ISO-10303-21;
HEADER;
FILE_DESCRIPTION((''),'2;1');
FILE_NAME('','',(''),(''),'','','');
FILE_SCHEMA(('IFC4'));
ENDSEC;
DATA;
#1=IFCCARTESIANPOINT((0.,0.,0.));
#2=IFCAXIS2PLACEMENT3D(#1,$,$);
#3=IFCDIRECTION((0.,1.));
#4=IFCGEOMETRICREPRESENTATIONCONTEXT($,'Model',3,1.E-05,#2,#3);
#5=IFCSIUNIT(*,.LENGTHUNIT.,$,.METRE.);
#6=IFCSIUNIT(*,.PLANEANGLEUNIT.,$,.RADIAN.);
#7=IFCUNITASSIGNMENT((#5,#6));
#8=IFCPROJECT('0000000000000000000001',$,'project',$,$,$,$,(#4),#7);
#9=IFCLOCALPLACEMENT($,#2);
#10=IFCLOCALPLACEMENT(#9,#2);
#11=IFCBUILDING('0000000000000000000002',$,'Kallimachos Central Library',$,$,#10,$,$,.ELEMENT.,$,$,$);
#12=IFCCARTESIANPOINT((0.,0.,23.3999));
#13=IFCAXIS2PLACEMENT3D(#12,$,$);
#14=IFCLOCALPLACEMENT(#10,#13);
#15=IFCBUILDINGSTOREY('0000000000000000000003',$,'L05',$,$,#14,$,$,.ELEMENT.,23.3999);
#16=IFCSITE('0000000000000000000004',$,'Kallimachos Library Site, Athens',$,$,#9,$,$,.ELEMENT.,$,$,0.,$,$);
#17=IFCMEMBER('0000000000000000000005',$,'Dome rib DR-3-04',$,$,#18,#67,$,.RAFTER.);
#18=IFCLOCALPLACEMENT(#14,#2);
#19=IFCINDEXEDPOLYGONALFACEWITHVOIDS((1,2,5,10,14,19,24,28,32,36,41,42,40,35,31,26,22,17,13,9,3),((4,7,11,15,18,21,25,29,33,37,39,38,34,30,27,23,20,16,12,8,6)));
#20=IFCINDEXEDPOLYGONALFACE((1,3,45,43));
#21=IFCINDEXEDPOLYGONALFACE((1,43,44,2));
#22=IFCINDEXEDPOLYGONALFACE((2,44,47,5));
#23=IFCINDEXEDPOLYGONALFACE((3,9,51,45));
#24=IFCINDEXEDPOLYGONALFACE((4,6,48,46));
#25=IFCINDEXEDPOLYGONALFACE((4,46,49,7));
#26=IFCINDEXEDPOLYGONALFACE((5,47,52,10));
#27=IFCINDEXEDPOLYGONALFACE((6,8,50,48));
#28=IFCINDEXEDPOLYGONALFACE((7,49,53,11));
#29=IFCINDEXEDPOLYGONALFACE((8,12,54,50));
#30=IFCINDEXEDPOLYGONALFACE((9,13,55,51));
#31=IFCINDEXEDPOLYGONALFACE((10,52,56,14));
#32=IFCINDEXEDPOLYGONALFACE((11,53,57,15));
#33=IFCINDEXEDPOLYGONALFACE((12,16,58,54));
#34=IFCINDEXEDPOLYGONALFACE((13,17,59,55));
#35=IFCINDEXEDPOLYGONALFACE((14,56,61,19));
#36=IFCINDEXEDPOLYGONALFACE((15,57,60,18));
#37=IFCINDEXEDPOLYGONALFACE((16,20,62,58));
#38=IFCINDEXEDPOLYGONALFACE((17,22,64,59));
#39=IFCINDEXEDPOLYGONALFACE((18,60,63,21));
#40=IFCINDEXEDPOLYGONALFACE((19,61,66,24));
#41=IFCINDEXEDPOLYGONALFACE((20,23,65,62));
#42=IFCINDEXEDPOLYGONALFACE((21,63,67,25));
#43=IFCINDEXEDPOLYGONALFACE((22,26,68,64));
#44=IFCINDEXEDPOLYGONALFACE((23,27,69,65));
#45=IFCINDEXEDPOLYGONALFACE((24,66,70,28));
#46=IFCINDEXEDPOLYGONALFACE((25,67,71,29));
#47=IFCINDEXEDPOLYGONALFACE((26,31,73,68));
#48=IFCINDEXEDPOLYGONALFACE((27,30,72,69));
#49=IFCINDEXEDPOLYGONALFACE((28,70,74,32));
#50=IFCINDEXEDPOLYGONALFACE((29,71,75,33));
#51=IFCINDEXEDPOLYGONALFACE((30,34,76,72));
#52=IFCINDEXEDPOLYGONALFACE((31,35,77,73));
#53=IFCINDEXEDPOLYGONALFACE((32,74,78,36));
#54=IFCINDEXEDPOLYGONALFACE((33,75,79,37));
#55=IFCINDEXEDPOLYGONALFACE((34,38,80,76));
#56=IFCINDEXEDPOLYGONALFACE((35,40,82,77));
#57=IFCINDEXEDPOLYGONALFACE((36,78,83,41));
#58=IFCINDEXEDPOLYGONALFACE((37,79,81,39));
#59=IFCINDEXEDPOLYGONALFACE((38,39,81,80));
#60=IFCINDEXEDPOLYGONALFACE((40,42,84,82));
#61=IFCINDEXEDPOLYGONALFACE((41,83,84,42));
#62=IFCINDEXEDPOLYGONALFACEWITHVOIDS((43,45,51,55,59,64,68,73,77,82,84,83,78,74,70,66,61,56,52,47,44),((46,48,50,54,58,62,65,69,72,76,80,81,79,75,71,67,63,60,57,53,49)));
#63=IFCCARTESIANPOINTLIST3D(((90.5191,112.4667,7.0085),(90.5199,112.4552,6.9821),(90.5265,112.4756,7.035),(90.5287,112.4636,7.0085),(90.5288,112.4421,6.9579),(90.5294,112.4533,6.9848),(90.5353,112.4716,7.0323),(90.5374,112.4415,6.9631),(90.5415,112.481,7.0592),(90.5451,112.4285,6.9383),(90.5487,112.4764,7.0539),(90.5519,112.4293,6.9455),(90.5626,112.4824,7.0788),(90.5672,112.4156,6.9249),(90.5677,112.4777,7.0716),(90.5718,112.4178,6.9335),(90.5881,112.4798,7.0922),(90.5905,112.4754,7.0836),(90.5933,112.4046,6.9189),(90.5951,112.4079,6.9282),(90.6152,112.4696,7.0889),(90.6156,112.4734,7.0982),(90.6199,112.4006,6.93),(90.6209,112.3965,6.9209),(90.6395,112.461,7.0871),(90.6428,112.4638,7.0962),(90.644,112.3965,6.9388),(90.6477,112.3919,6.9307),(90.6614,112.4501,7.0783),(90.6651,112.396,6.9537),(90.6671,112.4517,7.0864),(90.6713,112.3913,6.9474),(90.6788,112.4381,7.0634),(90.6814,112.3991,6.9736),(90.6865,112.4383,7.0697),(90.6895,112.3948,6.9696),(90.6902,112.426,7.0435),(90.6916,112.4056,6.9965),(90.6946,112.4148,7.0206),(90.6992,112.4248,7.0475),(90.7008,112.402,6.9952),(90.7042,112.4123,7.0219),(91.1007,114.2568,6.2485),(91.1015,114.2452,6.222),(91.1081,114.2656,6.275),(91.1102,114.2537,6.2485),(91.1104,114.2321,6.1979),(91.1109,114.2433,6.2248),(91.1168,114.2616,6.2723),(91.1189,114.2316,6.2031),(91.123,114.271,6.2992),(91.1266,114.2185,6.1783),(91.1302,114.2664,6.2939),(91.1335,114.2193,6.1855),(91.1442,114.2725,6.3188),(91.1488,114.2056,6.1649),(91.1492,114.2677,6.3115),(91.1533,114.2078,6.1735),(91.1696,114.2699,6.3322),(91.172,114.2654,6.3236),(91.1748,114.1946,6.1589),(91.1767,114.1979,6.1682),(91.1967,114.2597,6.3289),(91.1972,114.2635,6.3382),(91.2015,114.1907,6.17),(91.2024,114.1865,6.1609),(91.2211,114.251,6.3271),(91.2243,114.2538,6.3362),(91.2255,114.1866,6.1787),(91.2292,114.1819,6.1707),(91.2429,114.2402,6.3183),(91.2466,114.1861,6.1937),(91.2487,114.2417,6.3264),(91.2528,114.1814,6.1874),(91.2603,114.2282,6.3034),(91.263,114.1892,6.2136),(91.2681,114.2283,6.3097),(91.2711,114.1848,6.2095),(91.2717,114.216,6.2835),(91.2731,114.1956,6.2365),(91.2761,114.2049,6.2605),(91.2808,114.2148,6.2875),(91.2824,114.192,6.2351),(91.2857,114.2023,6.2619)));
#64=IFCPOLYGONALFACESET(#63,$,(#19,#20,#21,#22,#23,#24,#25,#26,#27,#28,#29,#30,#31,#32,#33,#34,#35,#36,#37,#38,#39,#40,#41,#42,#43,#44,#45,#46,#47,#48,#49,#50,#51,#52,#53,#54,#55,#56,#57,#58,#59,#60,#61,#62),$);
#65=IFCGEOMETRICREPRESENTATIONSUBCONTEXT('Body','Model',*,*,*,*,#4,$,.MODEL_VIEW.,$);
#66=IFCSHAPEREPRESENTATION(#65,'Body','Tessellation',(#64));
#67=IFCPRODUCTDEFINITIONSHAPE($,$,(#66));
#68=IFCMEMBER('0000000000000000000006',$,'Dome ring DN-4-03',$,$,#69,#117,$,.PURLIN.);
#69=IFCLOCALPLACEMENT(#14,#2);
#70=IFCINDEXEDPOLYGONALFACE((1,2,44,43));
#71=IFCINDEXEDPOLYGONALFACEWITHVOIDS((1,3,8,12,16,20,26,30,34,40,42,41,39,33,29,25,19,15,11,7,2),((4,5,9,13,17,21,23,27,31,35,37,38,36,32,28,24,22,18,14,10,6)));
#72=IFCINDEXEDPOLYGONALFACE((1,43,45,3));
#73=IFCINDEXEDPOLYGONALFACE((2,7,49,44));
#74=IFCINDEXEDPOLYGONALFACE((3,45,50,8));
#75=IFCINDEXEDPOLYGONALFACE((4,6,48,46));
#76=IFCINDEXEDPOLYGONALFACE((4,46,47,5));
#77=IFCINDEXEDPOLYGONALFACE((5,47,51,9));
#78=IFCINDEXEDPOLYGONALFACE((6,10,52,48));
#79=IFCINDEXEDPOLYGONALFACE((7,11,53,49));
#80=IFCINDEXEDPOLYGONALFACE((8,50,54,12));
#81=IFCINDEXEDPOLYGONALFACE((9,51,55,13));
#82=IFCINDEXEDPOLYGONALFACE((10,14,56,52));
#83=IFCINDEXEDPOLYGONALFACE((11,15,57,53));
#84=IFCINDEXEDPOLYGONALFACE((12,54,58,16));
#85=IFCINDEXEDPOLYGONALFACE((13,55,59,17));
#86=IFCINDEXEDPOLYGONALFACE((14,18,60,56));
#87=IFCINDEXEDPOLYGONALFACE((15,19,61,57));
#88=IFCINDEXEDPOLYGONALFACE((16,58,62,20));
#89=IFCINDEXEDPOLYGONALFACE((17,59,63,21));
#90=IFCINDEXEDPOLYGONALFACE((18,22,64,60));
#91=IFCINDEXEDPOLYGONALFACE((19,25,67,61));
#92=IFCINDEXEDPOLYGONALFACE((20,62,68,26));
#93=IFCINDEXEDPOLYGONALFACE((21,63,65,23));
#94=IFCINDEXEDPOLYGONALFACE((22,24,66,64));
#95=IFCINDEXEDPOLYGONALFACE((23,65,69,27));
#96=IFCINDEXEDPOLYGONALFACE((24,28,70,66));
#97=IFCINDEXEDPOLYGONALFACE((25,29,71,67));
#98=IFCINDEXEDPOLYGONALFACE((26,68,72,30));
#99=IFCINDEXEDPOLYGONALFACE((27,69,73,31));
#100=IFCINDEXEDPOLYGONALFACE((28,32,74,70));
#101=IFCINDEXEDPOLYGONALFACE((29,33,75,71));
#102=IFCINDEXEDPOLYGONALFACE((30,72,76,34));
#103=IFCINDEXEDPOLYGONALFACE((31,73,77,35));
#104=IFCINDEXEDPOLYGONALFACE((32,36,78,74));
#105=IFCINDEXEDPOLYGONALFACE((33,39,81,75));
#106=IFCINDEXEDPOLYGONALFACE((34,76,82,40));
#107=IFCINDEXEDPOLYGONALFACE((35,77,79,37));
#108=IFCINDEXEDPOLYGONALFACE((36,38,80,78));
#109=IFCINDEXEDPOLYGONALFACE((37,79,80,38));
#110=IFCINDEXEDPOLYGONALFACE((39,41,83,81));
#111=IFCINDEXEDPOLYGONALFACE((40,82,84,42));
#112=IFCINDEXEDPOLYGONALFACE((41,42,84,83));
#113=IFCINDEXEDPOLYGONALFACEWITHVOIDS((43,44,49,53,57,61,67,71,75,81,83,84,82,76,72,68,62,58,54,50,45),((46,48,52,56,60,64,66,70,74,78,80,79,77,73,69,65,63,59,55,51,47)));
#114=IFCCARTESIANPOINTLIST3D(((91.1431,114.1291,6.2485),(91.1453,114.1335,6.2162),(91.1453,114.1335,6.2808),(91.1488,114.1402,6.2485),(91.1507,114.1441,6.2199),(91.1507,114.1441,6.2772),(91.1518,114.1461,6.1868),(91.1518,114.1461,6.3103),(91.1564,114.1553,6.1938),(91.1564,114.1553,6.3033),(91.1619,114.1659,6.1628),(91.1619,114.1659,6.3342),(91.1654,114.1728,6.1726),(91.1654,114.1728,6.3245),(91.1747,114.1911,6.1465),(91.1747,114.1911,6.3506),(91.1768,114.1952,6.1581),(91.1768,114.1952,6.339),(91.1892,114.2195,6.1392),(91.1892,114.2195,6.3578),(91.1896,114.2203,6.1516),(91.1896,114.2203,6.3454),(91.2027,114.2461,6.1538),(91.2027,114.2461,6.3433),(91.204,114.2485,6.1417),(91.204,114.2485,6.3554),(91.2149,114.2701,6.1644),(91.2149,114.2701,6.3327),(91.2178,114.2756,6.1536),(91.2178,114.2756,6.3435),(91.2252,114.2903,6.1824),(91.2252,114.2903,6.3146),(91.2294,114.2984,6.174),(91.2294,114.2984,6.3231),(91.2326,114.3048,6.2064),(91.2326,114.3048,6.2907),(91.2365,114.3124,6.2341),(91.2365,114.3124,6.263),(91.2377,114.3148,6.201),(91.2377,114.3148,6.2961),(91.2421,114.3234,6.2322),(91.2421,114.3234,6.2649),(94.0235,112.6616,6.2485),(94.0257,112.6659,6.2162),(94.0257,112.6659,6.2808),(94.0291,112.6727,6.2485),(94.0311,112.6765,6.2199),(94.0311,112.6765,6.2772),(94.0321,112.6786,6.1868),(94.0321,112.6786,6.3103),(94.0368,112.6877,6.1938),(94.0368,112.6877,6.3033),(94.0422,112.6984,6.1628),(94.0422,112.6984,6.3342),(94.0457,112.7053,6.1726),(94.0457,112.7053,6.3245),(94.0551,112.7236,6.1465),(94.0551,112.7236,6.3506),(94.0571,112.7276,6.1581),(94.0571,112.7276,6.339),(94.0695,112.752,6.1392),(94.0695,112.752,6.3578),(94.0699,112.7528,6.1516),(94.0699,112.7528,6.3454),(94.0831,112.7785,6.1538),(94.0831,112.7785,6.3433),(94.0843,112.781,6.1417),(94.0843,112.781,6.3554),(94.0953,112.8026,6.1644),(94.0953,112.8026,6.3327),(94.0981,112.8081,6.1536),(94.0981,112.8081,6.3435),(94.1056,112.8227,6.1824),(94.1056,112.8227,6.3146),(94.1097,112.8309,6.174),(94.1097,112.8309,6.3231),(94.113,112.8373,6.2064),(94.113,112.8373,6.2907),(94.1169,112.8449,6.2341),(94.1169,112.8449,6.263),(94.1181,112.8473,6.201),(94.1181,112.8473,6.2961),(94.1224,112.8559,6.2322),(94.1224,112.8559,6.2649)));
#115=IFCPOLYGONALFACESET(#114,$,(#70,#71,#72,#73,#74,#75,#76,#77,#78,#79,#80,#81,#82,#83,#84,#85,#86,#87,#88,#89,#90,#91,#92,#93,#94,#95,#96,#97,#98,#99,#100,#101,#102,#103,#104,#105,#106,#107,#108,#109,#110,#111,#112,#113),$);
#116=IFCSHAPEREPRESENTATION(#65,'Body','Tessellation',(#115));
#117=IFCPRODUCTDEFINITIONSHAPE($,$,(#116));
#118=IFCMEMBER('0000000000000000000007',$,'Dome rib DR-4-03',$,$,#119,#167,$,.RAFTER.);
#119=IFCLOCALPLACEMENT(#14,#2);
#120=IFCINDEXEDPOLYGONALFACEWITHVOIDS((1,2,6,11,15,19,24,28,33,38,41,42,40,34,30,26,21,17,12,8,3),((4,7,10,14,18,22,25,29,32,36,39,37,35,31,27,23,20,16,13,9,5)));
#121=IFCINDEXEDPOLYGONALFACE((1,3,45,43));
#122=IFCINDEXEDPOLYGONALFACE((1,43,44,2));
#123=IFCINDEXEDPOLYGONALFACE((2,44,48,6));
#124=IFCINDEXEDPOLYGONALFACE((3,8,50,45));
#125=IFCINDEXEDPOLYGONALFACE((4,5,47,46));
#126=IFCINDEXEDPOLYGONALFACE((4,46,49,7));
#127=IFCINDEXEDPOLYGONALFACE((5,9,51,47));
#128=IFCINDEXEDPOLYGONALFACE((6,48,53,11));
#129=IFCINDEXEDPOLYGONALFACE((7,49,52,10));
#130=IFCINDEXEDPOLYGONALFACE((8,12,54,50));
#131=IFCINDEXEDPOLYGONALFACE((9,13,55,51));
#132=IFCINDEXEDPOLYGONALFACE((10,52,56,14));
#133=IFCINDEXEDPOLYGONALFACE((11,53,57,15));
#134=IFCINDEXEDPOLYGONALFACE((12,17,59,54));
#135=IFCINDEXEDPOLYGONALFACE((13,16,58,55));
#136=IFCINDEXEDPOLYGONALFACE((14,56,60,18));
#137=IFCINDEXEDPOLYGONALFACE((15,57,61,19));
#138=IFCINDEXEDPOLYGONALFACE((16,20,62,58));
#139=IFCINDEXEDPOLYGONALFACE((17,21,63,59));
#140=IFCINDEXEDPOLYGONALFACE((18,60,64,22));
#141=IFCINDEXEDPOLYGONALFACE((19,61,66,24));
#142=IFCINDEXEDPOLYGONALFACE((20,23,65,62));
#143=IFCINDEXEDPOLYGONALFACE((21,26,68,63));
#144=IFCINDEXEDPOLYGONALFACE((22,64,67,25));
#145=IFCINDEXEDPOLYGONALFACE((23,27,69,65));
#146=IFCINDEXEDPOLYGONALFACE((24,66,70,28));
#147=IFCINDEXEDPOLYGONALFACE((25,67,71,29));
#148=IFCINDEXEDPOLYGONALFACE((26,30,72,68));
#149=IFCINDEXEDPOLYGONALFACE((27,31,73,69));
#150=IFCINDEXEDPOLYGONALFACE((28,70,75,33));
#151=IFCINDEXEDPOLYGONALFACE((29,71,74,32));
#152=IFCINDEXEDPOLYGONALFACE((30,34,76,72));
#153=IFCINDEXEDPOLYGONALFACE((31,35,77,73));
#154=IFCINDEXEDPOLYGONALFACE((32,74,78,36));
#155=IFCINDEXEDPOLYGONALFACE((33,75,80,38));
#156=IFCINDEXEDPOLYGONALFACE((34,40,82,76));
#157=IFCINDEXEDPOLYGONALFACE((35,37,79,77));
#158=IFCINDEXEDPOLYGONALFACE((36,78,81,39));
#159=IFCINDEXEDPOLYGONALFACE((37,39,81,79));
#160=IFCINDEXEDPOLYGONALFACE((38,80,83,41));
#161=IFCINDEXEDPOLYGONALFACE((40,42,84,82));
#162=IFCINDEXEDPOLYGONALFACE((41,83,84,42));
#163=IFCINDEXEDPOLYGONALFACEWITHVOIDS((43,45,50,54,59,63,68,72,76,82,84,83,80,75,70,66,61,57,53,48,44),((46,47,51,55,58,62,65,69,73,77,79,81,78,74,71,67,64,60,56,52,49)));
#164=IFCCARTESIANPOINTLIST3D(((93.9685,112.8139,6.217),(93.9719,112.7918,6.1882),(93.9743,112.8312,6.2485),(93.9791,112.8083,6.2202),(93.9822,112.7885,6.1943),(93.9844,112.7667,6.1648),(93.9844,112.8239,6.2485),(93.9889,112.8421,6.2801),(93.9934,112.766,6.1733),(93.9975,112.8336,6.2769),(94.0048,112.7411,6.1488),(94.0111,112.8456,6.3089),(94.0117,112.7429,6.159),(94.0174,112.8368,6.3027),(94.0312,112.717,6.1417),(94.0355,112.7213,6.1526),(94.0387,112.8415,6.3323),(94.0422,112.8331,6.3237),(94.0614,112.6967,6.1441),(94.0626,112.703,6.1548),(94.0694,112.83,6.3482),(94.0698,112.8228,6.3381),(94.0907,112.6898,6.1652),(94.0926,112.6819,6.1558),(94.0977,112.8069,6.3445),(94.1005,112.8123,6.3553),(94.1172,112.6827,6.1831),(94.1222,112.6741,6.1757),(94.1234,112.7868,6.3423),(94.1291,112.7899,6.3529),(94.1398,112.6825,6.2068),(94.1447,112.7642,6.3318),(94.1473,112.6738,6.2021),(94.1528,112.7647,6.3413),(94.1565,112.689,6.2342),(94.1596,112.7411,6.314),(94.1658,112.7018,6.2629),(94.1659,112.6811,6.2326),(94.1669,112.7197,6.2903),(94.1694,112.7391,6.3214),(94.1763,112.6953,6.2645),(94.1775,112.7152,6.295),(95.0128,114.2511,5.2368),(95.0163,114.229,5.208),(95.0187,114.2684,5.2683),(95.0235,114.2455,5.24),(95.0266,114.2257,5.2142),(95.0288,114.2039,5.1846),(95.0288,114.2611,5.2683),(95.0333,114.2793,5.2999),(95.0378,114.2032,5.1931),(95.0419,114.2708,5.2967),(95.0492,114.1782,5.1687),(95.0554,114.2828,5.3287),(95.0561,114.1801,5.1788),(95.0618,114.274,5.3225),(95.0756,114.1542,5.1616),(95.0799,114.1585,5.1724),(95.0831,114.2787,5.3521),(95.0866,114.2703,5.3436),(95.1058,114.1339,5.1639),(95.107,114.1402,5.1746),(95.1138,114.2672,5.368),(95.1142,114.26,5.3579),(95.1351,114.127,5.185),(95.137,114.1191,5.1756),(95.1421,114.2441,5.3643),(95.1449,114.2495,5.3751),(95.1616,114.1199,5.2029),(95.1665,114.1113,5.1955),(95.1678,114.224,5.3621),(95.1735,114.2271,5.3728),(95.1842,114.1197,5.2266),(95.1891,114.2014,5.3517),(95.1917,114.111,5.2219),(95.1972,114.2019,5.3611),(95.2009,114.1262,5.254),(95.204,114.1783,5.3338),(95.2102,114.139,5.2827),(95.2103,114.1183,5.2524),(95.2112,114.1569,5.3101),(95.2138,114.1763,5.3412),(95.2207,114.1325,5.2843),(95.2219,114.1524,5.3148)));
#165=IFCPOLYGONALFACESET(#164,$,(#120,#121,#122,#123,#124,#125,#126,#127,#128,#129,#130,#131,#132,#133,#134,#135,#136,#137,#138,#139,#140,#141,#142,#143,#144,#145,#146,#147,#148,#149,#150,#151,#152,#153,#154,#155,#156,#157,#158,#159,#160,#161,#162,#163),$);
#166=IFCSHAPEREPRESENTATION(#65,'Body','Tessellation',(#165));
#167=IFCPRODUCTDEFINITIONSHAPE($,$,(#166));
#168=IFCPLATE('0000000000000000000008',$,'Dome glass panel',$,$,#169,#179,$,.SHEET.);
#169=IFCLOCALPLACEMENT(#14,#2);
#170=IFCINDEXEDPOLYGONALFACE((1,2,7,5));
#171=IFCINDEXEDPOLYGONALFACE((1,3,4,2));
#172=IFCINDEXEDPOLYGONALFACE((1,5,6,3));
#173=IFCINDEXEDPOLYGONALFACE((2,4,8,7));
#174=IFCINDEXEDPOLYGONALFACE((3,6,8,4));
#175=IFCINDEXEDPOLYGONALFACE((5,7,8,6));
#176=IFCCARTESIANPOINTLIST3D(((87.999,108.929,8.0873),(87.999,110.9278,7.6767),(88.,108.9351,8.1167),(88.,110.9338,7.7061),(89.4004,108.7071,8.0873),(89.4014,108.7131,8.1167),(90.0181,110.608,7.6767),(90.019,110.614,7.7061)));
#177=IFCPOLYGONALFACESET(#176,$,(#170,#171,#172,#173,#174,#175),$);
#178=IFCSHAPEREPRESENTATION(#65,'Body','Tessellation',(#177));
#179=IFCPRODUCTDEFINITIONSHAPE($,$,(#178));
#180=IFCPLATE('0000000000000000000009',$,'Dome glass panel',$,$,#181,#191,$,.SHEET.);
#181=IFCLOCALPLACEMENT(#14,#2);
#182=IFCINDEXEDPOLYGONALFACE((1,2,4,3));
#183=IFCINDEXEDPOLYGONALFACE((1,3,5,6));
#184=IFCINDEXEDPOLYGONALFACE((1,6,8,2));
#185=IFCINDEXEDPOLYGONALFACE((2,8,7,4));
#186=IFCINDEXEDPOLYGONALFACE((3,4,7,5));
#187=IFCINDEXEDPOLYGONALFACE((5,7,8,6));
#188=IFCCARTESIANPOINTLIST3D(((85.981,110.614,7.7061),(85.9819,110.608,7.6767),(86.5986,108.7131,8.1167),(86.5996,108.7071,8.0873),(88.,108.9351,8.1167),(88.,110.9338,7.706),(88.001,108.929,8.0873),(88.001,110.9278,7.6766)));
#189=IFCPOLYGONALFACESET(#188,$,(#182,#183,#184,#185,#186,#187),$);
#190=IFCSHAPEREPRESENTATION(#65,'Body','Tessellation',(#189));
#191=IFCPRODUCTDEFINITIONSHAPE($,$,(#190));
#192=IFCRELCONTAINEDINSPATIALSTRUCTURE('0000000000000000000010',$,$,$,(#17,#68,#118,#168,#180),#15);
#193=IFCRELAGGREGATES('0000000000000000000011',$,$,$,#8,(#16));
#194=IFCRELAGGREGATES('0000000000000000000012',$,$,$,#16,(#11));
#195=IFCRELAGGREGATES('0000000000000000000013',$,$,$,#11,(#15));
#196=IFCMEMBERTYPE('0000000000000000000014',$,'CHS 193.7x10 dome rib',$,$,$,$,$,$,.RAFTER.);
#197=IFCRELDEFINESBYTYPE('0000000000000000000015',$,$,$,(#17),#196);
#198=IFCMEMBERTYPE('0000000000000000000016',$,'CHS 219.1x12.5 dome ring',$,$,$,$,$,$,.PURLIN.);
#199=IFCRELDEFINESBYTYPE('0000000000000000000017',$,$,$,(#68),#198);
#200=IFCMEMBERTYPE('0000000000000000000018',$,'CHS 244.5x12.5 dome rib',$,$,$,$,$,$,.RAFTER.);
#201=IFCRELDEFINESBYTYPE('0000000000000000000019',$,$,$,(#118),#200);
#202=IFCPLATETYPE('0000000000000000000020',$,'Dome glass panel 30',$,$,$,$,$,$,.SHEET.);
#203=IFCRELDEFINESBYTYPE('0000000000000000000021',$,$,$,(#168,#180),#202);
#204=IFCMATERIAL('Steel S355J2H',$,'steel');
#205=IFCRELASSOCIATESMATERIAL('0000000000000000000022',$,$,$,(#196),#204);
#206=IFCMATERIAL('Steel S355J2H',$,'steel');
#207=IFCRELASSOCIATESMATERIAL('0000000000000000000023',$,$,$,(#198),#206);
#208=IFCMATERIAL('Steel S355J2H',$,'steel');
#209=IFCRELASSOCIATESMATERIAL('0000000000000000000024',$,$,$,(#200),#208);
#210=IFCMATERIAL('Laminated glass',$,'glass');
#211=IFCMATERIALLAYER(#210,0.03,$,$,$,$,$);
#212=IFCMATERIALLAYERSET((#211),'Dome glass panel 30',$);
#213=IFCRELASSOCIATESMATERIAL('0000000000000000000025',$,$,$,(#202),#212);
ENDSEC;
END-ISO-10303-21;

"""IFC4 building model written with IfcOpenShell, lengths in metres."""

from ifc_helpers import new_model, si_unit, direction, frame, origin, origin_2d, place, context, subcontext, project, spatial, polyline, hollow_circle, outline, extrude, material, layer, layer_set, material_profile, profile_set, type_object, element, save


model = new_model("IFC4")

# Units and contexts
model_context = context("Model", 3, precision=1e-05, world=origin(), true_north=direction((0.0, 1.0)))
body_context = subcontext(model_context, "Body", "Model", "MODEL_VIEW")
ifc_project = project(units=[si_unit("LENGTHUNIT", "METRE"), si_unit("PLANEANGLEUNIT", "RADIAN")], contexts=[model_context])

# Site, building, storey
site_placement = place(None, origin())
site = spatial("IfcSite", under=ifc_project, at=site_placement, Name="Kallimachos Library Site, Athens", CompositionType="ELEMENT", RefElevation=0.0)
building_placement = place(site_placement, origin())
building = spatial("IfcBuilding", under=site, at=building_placement, Name="Kallimachos Central Library", CompositionType="ELEMENT")
storey_placement = place(building_placement, frame((0.0, 0.0, 23.3999)))
storey = spatial("IfcBuildingStorey", under=building, at=storey_placement, Name="L05", CompositionType="ELEMENT", Elevation=23.3999)

# Members
ifc_material_1 = material(Name="Steel S355J2H", Category="steel")
ifc_material_profile_1 = material_profile(ifc_material_1, hollow_circle(Radius=0.0969, WallThickness=0.01, at=origin_2d()), Name="CHS 193.7x10")
ifc_profile_set_1 = profile_set([ifc_material_profile_1], Name="Steel S355J2H")
member_type_1 = type_object("IfcMemberType", Name="CHS 193.7x10 dome rib", PredefinedType="RAFTER", material=ifc_profile_set_1)
member_1_placement = place(storey_placement, frame((90.6113, 112.4368, 7.0085), z_axis=(0.286504, 0.881884, -0.374428), x_axis=(-0.951068, 0.30898, 0.0)))
element("IfcMember", 1, at=member_1_placement, inside=storey, type_object=member_type_1, Name="Dome rib DR-3-04", PredefinedType="RAFTER", context=body_context, shape_type="SweptSolid", body=[
    extrude(hollow_circle(Radius=0.0969, WallThickness=0.01, at=origin_2d()), origin(), (0.0, 0.0, 1.0), 2.0298),
])
ifc_material_2 = material(Name="Steel S355J2H", Category="steel")
ifc_material_profile_2 = material_profile(ifc_material_2, hollow_circle(Radius=0.1096, WallThickness=0.0125, at=origin_2d()), Name="CHS 219.1x12.5")
ifc_profile_set_2 = profile_set([ifc_material_profile_2], Name="Steel S355J2H")
member_type_2 = type_object("IfcMemberType", Name="CHS 219.1x12.5 dome ring", PredefinedType="PURLIN", material=ifc_profile_set_2)
member_2_placement = place(storey_placement, frame((94.0732, 112.7593, 6.2485), z_axis=(-0.891018, 0.453968, 0.0), x_axis=(-0.453968, -0.891018, 0.0)))
element("IfcMember", 2, at=member_2_placement, inside=storey, type_object=member_type_2, Name="Dome ring DN-4-03", PredefinedType="PURLIN", context=body_context, shape_type="SweptSolid", body=[
    extrude(hollow_circle(Radius=0.1096, WallThickness=0.0125, at=origin_2d()), origin(), (0.0, 0.0, 1.0), 3.2327),
])
ifc_material_3 = material(Name="Steel S355J2H", Category="steel")
ifc_material_profile_3 = material_profile(ifc_material_3, hollow_circle(Radius=0.1223, WallThickness=0.0125, at=origin_2d()), Name="CHS 244.5x12.5")
ifc_profile_set_3 = profile_set([ifc_material_profile_3], Name="Steel S355J2H")
member_type_3 = type_object("IfcMemberType", Name="CHS 244.5x12.5 dome rib", PredefinedType="RAFTER", material=ifc_profile_set_3)
member_3_placement = place(storey_placement, frame((94.0732, 112.7593, 6.2485), z_axis=(0.514719, 0.70831, -0.483075), x_axis=(-0.808962, 0.587861, 0.0)))
element("IfcMember", 3, at=member_3_placement, inside=storey, type_object=member_type_3, Name="Dome rib DR-4-03", PredefinedType="RAFTER", context=body_context, shape_type="SweptSolid", body=[
    extrude(hollow_circle(Radius=0.1223, WallThickness=0.0125, at=origin_2d()), origin(), (0.0, 0.0, 1.0), 2.0291),
])

# Plates
ifc_material_4 = material(Name="Laminated glass", Category="glass")
ifc_layer = layer(ifc_material_4, 0.03)
ifc_layer_set = layer_set([ifc_layer], Name="Dome glass panel 30")
plate_type = type_object("IfcPlateType", Name="Dome glass panel 30", PredefinedType="SHEET", material=ifc_layer_set)
plate_1_placement = place(storey_placement, frame((89.4014, 108.7131, 8.1167), z_axis=(0.031859, 0.201146, 0.979043), x_axis=(0.302714, 0.931592, -0.201247)))
element("IfcPlate", 4, at=plate_1_placement, inside=storey, type_object=plate_type, Name="Dome glass panel", PredefinedType="SHEET", context=body_context, shape_type="SweptSolid", body=[
    extrude(outline(polyline([(0.0, 0.0), (2.0405, 0.0), (1.7272, 2.0201), (-0.2175, 1.4021), (0.0, 0.0)])), origin(), (0.0, 0.0, -1.0), 0.03),
])
plate_2_placement = place(storey_placement, frame((88.0, 108.9351, 8.1167), z_axis=(-0.031859, 0.201146, 0.979043), x_axis=(0.0, 0.97954, -0.201248)))
element("IfcPlate", 5, at=plate_2_placement, inside=storey, type_object=plate_type, Name="Dome glass panel", PredefinedType="SHEET", context=body_context, shape_type="SweptSolid", body=[
    extrude(outline(polyline([(0.0, 0.0), (2.0405, 0.0), (1.7272, 2.0201), (-0.2174, 1.4021), (0.0, 0.0)])), origin(), (0.0, 0.0, -1.0), 0.03),
])

save(model, "model.ifc")
